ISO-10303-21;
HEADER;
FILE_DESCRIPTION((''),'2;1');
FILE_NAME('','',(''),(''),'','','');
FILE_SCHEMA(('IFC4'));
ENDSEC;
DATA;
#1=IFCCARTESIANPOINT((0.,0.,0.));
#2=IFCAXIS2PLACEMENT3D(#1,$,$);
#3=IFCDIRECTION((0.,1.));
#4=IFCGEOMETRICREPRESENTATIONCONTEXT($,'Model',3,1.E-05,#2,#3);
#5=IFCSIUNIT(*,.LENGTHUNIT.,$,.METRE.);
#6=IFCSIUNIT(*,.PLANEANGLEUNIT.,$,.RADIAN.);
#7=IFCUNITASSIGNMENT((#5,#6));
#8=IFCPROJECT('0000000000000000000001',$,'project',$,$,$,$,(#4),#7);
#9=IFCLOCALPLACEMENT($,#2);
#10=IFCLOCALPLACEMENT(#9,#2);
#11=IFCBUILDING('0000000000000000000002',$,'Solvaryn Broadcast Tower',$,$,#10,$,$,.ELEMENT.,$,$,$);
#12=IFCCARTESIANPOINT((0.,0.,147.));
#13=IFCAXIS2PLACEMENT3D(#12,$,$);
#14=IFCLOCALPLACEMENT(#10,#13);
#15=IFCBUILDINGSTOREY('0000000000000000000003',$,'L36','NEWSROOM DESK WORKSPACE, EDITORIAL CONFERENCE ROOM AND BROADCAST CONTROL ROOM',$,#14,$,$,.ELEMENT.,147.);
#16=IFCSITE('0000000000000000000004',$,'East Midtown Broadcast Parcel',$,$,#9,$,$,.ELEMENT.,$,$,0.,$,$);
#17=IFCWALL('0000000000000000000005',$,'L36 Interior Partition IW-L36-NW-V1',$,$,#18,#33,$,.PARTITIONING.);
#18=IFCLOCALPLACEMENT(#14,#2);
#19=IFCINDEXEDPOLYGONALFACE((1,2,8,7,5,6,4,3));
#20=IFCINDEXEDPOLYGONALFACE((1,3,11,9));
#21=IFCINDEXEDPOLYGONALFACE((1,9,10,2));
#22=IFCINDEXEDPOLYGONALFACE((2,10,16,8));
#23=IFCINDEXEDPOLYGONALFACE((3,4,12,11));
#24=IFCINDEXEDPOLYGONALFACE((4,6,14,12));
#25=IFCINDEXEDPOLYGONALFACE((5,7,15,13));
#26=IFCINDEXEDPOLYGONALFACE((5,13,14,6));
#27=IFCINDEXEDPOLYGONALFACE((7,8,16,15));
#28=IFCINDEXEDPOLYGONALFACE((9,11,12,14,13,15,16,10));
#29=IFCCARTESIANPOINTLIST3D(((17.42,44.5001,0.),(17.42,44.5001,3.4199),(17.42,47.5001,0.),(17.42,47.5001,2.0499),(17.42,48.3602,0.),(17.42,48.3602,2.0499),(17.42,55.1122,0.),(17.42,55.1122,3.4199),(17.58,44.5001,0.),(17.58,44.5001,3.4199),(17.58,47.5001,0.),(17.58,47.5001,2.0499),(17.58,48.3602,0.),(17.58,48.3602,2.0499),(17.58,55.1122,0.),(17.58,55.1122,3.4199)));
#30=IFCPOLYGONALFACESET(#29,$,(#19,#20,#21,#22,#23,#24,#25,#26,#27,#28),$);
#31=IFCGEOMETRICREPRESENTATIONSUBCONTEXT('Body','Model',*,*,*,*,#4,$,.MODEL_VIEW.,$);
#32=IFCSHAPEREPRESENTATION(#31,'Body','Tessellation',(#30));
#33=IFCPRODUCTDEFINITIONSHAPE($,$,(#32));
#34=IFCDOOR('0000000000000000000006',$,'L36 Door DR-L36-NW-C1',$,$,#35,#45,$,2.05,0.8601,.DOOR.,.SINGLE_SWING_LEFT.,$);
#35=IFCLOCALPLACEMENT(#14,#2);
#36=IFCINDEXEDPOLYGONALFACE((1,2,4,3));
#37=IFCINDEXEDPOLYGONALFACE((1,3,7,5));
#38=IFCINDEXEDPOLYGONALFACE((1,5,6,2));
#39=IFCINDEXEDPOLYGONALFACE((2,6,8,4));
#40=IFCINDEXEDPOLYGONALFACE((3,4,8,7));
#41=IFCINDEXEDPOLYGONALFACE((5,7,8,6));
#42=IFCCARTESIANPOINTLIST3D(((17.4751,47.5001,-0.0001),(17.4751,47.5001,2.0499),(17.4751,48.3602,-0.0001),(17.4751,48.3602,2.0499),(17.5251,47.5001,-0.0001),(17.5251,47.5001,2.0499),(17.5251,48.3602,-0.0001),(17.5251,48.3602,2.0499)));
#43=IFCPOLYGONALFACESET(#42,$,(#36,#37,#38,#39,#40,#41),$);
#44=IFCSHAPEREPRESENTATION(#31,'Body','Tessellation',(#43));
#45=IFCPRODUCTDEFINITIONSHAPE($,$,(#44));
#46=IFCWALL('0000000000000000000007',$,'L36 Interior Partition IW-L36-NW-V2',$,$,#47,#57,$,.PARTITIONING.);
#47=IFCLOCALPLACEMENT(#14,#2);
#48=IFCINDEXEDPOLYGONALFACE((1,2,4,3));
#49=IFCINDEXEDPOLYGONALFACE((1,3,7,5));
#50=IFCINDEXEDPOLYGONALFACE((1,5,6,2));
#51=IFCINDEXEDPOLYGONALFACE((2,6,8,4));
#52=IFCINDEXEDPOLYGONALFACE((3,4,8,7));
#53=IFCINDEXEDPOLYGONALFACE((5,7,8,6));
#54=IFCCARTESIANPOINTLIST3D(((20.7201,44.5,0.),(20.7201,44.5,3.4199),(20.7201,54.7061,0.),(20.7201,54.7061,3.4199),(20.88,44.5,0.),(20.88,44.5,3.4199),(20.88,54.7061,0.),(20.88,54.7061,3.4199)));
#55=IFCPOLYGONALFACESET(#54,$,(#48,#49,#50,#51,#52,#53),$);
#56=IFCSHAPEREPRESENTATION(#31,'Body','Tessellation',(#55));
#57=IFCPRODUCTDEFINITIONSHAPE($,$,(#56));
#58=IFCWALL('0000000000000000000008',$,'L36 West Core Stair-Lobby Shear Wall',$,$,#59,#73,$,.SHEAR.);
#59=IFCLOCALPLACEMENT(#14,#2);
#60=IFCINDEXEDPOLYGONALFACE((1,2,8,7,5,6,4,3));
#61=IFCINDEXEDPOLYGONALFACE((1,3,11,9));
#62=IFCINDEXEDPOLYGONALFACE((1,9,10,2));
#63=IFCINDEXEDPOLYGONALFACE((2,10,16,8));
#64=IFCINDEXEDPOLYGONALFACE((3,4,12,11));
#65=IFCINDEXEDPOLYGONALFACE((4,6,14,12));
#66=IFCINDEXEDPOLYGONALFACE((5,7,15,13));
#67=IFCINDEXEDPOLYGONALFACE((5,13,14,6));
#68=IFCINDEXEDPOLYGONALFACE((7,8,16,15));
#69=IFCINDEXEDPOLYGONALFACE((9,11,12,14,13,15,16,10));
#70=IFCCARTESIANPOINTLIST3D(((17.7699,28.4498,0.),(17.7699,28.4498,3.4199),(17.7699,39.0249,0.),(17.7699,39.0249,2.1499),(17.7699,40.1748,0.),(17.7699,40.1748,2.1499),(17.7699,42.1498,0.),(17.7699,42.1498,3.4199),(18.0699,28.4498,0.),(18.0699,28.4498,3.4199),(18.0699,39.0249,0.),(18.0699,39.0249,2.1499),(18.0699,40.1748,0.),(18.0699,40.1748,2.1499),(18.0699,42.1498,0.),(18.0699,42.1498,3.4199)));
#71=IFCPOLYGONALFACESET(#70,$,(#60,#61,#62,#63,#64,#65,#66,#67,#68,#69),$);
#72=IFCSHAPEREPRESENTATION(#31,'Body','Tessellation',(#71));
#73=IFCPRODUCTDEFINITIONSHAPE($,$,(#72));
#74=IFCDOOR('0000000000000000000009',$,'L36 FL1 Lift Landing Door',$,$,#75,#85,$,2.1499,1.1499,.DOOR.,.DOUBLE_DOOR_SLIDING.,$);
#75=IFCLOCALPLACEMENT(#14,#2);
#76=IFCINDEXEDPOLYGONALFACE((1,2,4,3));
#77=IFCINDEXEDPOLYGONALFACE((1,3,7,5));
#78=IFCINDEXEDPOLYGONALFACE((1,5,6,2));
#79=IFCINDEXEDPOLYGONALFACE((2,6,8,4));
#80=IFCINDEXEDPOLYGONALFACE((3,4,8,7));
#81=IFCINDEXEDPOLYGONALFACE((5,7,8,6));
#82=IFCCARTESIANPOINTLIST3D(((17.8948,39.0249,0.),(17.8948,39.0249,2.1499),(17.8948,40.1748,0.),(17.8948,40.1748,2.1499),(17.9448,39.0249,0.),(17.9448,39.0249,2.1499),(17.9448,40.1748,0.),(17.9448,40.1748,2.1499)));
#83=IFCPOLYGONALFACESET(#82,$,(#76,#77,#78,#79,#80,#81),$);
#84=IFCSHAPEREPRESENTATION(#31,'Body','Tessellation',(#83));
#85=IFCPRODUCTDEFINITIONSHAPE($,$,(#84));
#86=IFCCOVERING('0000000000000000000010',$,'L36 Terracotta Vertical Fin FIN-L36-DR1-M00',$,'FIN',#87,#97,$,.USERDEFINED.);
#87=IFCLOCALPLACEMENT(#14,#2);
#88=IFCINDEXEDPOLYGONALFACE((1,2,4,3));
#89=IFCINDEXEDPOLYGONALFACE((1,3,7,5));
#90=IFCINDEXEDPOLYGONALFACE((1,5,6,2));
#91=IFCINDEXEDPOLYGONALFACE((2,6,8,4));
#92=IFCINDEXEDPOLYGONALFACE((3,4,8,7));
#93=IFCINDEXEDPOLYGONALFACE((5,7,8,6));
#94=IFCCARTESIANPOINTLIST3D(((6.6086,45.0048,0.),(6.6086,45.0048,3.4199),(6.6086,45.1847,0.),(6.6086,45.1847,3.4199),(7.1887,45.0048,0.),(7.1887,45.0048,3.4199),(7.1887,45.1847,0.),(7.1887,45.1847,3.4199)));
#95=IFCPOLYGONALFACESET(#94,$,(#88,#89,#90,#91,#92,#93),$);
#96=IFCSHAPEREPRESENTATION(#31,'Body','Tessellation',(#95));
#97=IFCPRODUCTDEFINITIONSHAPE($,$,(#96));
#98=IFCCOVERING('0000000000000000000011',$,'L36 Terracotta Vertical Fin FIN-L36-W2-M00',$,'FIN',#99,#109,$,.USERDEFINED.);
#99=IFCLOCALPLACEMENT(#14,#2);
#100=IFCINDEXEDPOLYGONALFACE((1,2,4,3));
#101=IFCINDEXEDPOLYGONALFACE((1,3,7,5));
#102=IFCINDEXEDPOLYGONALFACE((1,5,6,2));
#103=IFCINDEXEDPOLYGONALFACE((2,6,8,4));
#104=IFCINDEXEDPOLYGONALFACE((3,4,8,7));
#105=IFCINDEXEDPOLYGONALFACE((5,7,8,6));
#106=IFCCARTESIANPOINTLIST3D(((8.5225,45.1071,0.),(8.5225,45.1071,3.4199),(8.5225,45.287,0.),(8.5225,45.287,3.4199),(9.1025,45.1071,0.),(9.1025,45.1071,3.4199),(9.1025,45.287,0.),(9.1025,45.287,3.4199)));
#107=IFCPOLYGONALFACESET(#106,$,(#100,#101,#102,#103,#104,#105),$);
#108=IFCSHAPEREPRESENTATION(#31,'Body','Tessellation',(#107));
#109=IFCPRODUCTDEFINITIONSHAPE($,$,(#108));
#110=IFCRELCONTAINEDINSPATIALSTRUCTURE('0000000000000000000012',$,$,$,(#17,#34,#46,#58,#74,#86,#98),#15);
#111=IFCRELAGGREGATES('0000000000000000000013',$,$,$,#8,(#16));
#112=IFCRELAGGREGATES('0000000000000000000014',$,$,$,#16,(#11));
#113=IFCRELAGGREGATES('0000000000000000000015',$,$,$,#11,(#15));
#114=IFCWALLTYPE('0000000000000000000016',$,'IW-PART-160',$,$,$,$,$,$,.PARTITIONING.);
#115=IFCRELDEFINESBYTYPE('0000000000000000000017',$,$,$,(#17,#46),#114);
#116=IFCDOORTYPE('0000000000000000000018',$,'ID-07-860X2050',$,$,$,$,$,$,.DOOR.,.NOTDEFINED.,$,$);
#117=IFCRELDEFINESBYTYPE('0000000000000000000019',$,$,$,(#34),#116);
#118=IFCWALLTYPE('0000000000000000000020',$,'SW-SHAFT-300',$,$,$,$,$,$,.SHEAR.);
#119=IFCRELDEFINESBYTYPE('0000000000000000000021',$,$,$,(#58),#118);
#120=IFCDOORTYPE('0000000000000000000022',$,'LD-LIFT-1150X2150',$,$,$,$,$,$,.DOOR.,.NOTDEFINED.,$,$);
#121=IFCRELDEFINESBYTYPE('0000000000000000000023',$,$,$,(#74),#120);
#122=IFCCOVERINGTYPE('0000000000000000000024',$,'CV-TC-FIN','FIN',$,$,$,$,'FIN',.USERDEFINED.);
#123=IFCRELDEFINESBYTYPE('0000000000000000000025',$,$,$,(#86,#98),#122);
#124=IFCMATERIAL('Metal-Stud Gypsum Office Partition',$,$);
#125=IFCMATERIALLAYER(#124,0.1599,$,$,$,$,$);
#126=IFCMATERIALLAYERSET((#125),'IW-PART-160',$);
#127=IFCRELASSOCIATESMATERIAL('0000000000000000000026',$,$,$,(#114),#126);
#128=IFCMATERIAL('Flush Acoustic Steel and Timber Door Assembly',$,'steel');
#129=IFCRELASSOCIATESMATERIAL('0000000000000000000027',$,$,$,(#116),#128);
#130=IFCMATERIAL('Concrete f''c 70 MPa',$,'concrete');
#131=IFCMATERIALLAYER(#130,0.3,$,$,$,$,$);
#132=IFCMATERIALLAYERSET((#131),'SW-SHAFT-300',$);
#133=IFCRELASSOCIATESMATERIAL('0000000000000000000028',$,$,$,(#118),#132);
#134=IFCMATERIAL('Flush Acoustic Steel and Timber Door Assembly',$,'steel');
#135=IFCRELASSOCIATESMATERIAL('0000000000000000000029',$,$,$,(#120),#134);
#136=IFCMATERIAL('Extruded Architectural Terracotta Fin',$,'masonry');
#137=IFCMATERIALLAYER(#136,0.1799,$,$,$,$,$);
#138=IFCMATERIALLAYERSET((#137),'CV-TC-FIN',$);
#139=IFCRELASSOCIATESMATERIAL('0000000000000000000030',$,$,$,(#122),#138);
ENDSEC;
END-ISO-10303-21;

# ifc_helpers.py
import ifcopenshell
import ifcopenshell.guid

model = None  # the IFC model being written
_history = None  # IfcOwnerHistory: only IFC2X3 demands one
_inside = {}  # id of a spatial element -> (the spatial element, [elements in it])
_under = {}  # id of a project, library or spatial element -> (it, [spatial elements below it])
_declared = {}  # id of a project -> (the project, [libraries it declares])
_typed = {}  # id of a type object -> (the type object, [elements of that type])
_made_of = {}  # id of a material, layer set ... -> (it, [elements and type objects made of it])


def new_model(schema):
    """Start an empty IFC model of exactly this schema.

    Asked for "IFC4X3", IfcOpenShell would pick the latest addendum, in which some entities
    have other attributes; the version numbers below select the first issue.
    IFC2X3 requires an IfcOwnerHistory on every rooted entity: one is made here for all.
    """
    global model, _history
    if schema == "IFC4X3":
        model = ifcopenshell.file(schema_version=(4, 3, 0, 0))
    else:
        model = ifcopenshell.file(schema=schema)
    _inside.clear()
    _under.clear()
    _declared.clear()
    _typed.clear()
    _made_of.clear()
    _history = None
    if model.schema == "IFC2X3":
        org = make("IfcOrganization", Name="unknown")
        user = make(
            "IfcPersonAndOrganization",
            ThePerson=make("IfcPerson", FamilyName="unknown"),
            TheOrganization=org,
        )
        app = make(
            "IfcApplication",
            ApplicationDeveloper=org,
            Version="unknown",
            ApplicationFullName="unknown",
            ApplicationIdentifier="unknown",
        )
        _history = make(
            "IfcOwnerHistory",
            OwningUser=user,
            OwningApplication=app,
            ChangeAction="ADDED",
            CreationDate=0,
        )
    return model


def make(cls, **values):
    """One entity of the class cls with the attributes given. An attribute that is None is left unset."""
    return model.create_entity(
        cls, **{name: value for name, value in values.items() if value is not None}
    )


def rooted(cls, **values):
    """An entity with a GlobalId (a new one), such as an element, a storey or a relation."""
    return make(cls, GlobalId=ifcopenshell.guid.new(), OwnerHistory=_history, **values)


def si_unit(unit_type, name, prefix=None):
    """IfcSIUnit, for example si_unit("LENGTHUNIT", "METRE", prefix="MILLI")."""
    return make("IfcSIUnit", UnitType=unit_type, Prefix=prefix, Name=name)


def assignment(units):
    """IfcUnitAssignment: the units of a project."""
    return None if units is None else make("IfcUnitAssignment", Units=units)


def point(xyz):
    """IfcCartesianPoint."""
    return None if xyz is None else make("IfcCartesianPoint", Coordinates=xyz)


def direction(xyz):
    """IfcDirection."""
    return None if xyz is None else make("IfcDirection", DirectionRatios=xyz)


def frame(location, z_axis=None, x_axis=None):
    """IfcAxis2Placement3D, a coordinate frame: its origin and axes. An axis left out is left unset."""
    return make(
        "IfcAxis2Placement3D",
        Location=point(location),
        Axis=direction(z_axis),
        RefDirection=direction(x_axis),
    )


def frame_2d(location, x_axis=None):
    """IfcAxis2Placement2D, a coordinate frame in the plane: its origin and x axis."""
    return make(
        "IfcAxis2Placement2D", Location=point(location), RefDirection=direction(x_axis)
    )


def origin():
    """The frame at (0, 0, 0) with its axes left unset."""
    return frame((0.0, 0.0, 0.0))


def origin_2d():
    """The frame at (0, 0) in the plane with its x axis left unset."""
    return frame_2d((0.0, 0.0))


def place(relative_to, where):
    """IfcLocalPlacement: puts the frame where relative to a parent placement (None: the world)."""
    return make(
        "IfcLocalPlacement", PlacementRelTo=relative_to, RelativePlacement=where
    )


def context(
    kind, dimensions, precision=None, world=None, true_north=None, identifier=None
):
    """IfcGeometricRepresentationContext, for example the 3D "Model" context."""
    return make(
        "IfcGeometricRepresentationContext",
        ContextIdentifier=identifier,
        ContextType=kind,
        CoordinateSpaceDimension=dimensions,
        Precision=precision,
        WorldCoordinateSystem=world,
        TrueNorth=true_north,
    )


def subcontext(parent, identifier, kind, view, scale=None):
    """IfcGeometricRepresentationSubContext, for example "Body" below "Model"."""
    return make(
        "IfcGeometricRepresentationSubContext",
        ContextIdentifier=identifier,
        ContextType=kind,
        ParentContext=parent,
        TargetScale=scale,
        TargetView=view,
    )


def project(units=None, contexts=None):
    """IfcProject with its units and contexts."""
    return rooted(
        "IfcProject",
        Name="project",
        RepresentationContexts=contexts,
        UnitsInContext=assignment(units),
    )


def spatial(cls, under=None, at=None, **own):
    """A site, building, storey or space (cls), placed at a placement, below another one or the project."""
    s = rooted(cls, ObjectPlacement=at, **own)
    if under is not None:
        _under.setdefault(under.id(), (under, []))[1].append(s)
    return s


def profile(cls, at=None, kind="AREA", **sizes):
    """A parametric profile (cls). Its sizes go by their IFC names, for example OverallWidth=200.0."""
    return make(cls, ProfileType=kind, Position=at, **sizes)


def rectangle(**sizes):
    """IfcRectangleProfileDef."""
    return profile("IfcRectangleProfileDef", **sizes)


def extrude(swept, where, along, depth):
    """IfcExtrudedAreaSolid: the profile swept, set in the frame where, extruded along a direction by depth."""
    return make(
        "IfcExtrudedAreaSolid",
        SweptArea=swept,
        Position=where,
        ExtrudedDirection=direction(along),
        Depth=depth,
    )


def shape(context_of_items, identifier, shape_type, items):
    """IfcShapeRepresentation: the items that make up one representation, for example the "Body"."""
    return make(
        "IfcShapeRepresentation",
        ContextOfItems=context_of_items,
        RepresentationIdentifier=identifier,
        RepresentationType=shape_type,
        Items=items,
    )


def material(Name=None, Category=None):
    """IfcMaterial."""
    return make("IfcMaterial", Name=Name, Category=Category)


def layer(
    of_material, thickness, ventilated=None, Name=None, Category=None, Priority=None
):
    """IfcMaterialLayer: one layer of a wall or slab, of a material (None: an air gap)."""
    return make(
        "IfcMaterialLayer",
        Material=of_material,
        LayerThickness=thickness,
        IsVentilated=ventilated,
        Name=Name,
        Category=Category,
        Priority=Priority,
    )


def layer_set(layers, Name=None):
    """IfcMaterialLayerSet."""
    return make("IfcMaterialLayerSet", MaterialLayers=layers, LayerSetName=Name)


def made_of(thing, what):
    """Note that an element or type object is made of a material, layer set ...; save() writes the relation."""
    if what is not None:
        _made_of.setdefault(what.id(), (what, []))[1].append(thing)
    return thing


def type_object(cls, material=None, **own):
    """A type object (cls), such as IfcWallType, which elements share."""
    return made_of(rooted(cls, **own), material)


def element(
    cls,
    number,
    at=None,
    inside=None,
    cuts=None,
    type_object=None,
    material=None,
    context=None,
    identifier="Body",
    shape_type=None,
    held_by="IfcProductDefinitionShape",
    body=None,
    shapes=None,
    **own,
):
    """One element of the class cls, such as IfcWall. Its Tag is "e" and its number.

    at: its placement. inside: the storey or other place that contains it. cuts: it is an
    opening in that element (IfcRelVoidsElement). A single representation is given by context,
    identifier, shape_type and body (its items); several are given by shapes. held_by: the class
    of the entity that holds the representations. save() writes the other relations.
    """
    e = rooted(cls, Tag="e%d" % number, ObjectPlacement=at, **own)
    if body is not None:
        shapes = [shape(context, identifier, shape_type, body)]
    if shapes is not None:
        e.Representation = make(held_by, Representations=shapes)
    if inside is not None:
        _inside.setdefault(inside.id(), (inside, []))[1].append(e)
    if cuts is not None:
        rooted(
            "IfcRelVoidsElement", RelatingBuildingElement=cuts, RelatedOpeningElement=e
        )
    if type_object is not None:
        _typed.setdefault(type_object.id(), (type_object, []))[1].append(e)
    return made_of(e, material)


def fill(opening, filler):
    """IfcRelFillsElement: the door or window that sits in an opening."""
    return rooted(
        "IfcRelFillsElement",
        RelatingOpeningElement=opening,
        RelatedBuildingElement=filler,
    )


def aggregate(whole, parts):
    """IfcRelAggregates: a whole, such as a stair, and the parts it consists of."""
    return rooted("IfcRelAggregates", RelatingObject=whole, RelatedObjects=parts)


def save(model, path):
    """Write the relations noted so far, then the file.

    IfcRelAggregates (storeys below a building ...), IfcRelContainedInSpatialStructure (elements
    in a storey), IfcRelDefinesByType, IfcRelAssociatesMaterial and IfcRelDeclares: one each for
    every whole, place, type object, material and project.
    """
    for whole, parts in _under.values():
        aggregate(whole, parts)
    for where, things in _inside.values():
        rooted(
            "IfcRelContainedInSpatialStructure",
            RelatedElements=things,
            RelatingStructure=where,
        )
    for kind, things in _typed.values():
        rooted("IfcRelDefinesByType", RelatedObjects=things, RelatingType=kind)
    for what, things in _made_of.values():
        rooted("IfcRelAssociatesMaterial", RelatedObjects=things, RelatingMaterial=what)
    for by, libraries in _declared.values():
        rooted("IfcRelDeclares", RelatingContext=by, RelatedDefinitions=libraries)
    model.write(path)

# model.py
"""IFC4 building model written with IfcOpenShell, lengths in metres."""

from ifc_helpers import new_model, si_unit, direction, frame, frame_2d, origin, origin_2d, place, context, subcontext, project, spatial, rectangle, extrude, material, layer, layer_set, type_object, element, fill, save


model = new_model("IFC4")

# Units and contexts
model_context = context("Model", 3, precision=1e-05, world=origin(), true_north=direction((0.0, 1.0)))
body_context = subcontext(model_context, "Body", "Model", "MODEL_VIEW")
ifc_project = project(units=[si_unit("LENGTHUNIT", "METRE"), si_unit("PLANEANGLEUNIT", "RADIAN")], contexts=[model_context])

# Site, building, storey
site_placement = place(None, origin())
site = spatial("IfcSite", under=ifc_project, at=site_placement, Name="East Midtown Broadcast Parcel", CompositionType="ELEMENT", RefElevation=0.0)
building_placement = place(site_placement, origin())
building = spatial("IfcBuilding", under=site, at=building_placement, Name="Solvaryn Broadcast Tower", CompositionType="ELEMENT")
storey_placement = place(building_placement, frame((0.0, 0.0, 147.0)))
storey = spatial("IfcBuildingStorey", under=building, at=storey_placement, Name="L36", Description="NEWSROOM DESK WORKSPACE, EDITORIAL CONFERENCE ROOM AND BROADCAST CONTROL ROOM", CompositionType="ELEMENT", Elevation=147.0)

# Shared definitions
ifc_material_1 = material(Name="Metal-Stud Gypsum Office Partition")
ifc_layer_1 = layer(ifc_material_1, 0.1599)
ifc_layer_set_1 = layer_set([ifc_layer_1], Name="IW-PART-160")
wall_type_1 = type_object("IfcWallType", Name="IW-PART-160", PredefinedType="PARTITIONING", material=ifc_layer_set_1)

# Wall, opening, door
wall_1_placement = place(storey_placement, frame((17.5, 44.5, 0.0), z_axis=(0.0, 0.0, 1.0), x_axis=(0.0, 1.0, 0.0)))
wall_1 = element("IfcWall", 1, at=wall_1_placement, inside=storey, type_object=wall_type_1, Name="L36 Interior Partition IW-L36-NW-V1", PredefinedType="PARTITIONING", context=body_context, shape_type="SweptSolid", body=[
    extrude(rectangle(XDim=10.6121, YDim=0.1599, at=frame_2d((5.3062, 0.0))), origin(), (0.0, 0.0, 1.0), 3.4199),
])
opening_1_placement = place(wall_1_placement, frame((3.0, 0.0, 0.0)))
opening_1 = element("IfcOpeningElement", 2, at=opening_1_placement, cuts=wall_1, PredefinedType="OPENING", context=body_context, shape_type="SweptSolid", body=[
    extrude(rectangle(XDim=0.8601, YDim=2.05, at=frame_2d((0.4302, 1.0249))), frame((0.0, 0.0901, 0.0), z_axis=(0.0, -1.0, 0.0), x_axis=(1.0, 0.0, 0.0)), (0.0, 0.0, 1.0), 0.1799),
])
ifc_material_2 = material(Name="Flush Acoustic Steel and Timber Door Assembly", Category="steel")
door_type_1 = type_object("IfcDoorType", Name="ID-07-860X2050", OperationType="NOTDEFINED", PredefinedType="DOOR", material=ifc_material_2)
door_1_placement = place(opening_1_placement, origin())
door_1 = element("IfcDoor", 3, at=door_1_placement, inside=storey, type_object=door_type_1, Name="L36 Door DR-L36-NW-C1", OperationType="SINGLE_SWING_LEFT", OverallHeight=2.05, OverallWidth=0.8601, PredefinedType="DOOR", context=body_context, shape_type="SweptSolid", body=[
    extrude(rectangle(XDim=0.8601, YDim=2.05, at=frame_2d((0.4302, 1.0249))), frame((0.0, 0.0249, 0.0), z_axis=(0.0, -1.0, 0.0), x_axis=(1.0, 0.0, 0.0)), (0.0, 0.0, 1.0), 0.05),
])
fill(opening_1, door_1)

# Wall
wall_2_placement = place(storey_placement, frame((20.8, 44.5, 0.0), z_axis=(0.0, 0.0, 1.0), x_axis=(0.0, 1.0, 0.0)))
element("IfcWall", 4, at=wall_2_placement, inside=storey, type_object=wall_type_1, Name="L36 Interior Partition IW-L36-NW-V2", PredefinedType="PARTITIONING", context=body_context, shape_type="SweptSolid", body=[
    extrude(rectangle(XDim=10.2061, YDim=0.1599, at=frame_2d((5.103, 0.0))), origin(), (0.0, 0.0, 1.0), 3.4199),
])

# Wall, opening, door
ifc_material_3 = material(Name="Concrete f'c 70 MPa", Category="concrete")
ifc_layer_2 = layer(ifc_material_3, 0.3)
ifc_layer_set_2 = layer_set([ifc_layer_2], Name="SW-SHAFT-300")
wall_type_2 = type_object("IfcWallType", Name="SW-SHAFT-300", PredefinedType="SHEAR", material=ifc_layer_set_2)
wall_3_placement = place(storey_placement, frame((17.9199, 42.1499, 0.0), z_axis=(0.0, 0.0, 1.0), x_axis=(0.0, -1.0, 0.0)))
wall_3 = element("IfcWall", 5, at=wall_3_placement, inside=storey, type_object=wall_type_2, Name="L36 West Core Stair-Lobby Shear Wall", PredefinedType="SHEAR", context=body_context, shape_type="SweptSolid", body=[
    extrude(rectangle(XDim=13.7, YDim=0.3, at=frame_2d((6.8501, 0.0))), origin(), (0.0, 0.0, 1.0), 3.4199),
])
opening_2_placement = place(wall_3_placement, frame((1.9751, 0.0, 0.0)))
opening_2 = element("IfcOpeningElement", 6, at=opening_2_placement, cuts=wall_3, PredefinedType="OPENING", context=body_context, shape_type="SweptSolid", body=[
    extrude(rectangle(XDim=1.1499, YDim=2.1499, at=frame_2d((0.575, 1.075))), frame((0.0, 0.1599, 0.0), z_axis=(0.0, -1.0, 0.0), x_axis=(1.0, 0.0, 0.0)), (0.0, 0.0, 1.0), 0.3201),
])
ifc_material_4 = material(Name="Flush Acoustic Steel and Timber Door Assembly", Category="steel")
door_type_2 = type_object("IfcDoorType", Name="LD-LIFT-1150X2150", OperationType="NOTDEFINED", PredefinedType="DOOR", material=ifc_material_4)
door_2_placement = place(opening_2_placement, origin())
door_2 = element("IfcDoor", 7, at=door_2_placement, inside=storey, type_object=door_type_2, Name="L36 FL1 Lift Landing Door", OperationType="DOUBLE_DOOR_SLIDING", OverallHeight=2.1499, OverallWidth=1.1499, PredefinedType="DOOR", context=body_context, shape_type="SweptSolid", body=[
    extrude(rectangle(XDim=1.1499, YDim=2.1499, at=frame_2d((0.575, 1.075))), frame((0.0, 0.0249, 0.0), z_axis=(0.0, -1.0, 0.0), x_axis=(1.0, 0.0, 0.0)), (0.0, 0.0, 1.0), 0.05),
])
fill(opening_2, door_2)

# Coverings
ifc_material_5 = material(Name="Extruded Architectural Terracotta Fin", Category="masonry")
ifc_layer_3 = layer(ifc_material_5, 0.1799)
ifc_layer_set_3 = layer_set([ifc_layer_3], Name="CV-TC-FIN")
covering_type = type_object("IfcCoveringType", Name="CV-TC-FIN", Description="FIN", ElementType="FIN", PredefinedType="USERDEFINED", material=ifc_layer_set_3)
for number, where, z_axis, x_axis, name in (
    (8, (6.8987, 45.0947, 0.0), (0.0, 0.0, 1.0), (1.0, 0.0, 0.0), "L36 Terracotta Vertical Fin FIN-L36-DR1-M00"),
    (9, (8.8125, 45.197, 0.0), (0.0, 0.0, 1.0), (1.0, 0.0, 0.0), "L36 Terracotta Vertical Fin FIN-L36-W2-M00"),
):
    element("IfcCovering", number, at=place(storey_placement, frame(where, z_axis=z_axis, x_axis=x_axis)), inside=storey, type_object=covering_type, Name=name, ObjectType="FIN", PredefinedType="USERDEFINED", context=body_context, shape_type="SweptSolid", body=[
        extrude(rectangle(XDim=0.5801, YDim=0.1799, at=origin_2d()), origin(), (0.0, 0.0, 1.0), 3.4199),
    ])

save(model, "model.ifc")
